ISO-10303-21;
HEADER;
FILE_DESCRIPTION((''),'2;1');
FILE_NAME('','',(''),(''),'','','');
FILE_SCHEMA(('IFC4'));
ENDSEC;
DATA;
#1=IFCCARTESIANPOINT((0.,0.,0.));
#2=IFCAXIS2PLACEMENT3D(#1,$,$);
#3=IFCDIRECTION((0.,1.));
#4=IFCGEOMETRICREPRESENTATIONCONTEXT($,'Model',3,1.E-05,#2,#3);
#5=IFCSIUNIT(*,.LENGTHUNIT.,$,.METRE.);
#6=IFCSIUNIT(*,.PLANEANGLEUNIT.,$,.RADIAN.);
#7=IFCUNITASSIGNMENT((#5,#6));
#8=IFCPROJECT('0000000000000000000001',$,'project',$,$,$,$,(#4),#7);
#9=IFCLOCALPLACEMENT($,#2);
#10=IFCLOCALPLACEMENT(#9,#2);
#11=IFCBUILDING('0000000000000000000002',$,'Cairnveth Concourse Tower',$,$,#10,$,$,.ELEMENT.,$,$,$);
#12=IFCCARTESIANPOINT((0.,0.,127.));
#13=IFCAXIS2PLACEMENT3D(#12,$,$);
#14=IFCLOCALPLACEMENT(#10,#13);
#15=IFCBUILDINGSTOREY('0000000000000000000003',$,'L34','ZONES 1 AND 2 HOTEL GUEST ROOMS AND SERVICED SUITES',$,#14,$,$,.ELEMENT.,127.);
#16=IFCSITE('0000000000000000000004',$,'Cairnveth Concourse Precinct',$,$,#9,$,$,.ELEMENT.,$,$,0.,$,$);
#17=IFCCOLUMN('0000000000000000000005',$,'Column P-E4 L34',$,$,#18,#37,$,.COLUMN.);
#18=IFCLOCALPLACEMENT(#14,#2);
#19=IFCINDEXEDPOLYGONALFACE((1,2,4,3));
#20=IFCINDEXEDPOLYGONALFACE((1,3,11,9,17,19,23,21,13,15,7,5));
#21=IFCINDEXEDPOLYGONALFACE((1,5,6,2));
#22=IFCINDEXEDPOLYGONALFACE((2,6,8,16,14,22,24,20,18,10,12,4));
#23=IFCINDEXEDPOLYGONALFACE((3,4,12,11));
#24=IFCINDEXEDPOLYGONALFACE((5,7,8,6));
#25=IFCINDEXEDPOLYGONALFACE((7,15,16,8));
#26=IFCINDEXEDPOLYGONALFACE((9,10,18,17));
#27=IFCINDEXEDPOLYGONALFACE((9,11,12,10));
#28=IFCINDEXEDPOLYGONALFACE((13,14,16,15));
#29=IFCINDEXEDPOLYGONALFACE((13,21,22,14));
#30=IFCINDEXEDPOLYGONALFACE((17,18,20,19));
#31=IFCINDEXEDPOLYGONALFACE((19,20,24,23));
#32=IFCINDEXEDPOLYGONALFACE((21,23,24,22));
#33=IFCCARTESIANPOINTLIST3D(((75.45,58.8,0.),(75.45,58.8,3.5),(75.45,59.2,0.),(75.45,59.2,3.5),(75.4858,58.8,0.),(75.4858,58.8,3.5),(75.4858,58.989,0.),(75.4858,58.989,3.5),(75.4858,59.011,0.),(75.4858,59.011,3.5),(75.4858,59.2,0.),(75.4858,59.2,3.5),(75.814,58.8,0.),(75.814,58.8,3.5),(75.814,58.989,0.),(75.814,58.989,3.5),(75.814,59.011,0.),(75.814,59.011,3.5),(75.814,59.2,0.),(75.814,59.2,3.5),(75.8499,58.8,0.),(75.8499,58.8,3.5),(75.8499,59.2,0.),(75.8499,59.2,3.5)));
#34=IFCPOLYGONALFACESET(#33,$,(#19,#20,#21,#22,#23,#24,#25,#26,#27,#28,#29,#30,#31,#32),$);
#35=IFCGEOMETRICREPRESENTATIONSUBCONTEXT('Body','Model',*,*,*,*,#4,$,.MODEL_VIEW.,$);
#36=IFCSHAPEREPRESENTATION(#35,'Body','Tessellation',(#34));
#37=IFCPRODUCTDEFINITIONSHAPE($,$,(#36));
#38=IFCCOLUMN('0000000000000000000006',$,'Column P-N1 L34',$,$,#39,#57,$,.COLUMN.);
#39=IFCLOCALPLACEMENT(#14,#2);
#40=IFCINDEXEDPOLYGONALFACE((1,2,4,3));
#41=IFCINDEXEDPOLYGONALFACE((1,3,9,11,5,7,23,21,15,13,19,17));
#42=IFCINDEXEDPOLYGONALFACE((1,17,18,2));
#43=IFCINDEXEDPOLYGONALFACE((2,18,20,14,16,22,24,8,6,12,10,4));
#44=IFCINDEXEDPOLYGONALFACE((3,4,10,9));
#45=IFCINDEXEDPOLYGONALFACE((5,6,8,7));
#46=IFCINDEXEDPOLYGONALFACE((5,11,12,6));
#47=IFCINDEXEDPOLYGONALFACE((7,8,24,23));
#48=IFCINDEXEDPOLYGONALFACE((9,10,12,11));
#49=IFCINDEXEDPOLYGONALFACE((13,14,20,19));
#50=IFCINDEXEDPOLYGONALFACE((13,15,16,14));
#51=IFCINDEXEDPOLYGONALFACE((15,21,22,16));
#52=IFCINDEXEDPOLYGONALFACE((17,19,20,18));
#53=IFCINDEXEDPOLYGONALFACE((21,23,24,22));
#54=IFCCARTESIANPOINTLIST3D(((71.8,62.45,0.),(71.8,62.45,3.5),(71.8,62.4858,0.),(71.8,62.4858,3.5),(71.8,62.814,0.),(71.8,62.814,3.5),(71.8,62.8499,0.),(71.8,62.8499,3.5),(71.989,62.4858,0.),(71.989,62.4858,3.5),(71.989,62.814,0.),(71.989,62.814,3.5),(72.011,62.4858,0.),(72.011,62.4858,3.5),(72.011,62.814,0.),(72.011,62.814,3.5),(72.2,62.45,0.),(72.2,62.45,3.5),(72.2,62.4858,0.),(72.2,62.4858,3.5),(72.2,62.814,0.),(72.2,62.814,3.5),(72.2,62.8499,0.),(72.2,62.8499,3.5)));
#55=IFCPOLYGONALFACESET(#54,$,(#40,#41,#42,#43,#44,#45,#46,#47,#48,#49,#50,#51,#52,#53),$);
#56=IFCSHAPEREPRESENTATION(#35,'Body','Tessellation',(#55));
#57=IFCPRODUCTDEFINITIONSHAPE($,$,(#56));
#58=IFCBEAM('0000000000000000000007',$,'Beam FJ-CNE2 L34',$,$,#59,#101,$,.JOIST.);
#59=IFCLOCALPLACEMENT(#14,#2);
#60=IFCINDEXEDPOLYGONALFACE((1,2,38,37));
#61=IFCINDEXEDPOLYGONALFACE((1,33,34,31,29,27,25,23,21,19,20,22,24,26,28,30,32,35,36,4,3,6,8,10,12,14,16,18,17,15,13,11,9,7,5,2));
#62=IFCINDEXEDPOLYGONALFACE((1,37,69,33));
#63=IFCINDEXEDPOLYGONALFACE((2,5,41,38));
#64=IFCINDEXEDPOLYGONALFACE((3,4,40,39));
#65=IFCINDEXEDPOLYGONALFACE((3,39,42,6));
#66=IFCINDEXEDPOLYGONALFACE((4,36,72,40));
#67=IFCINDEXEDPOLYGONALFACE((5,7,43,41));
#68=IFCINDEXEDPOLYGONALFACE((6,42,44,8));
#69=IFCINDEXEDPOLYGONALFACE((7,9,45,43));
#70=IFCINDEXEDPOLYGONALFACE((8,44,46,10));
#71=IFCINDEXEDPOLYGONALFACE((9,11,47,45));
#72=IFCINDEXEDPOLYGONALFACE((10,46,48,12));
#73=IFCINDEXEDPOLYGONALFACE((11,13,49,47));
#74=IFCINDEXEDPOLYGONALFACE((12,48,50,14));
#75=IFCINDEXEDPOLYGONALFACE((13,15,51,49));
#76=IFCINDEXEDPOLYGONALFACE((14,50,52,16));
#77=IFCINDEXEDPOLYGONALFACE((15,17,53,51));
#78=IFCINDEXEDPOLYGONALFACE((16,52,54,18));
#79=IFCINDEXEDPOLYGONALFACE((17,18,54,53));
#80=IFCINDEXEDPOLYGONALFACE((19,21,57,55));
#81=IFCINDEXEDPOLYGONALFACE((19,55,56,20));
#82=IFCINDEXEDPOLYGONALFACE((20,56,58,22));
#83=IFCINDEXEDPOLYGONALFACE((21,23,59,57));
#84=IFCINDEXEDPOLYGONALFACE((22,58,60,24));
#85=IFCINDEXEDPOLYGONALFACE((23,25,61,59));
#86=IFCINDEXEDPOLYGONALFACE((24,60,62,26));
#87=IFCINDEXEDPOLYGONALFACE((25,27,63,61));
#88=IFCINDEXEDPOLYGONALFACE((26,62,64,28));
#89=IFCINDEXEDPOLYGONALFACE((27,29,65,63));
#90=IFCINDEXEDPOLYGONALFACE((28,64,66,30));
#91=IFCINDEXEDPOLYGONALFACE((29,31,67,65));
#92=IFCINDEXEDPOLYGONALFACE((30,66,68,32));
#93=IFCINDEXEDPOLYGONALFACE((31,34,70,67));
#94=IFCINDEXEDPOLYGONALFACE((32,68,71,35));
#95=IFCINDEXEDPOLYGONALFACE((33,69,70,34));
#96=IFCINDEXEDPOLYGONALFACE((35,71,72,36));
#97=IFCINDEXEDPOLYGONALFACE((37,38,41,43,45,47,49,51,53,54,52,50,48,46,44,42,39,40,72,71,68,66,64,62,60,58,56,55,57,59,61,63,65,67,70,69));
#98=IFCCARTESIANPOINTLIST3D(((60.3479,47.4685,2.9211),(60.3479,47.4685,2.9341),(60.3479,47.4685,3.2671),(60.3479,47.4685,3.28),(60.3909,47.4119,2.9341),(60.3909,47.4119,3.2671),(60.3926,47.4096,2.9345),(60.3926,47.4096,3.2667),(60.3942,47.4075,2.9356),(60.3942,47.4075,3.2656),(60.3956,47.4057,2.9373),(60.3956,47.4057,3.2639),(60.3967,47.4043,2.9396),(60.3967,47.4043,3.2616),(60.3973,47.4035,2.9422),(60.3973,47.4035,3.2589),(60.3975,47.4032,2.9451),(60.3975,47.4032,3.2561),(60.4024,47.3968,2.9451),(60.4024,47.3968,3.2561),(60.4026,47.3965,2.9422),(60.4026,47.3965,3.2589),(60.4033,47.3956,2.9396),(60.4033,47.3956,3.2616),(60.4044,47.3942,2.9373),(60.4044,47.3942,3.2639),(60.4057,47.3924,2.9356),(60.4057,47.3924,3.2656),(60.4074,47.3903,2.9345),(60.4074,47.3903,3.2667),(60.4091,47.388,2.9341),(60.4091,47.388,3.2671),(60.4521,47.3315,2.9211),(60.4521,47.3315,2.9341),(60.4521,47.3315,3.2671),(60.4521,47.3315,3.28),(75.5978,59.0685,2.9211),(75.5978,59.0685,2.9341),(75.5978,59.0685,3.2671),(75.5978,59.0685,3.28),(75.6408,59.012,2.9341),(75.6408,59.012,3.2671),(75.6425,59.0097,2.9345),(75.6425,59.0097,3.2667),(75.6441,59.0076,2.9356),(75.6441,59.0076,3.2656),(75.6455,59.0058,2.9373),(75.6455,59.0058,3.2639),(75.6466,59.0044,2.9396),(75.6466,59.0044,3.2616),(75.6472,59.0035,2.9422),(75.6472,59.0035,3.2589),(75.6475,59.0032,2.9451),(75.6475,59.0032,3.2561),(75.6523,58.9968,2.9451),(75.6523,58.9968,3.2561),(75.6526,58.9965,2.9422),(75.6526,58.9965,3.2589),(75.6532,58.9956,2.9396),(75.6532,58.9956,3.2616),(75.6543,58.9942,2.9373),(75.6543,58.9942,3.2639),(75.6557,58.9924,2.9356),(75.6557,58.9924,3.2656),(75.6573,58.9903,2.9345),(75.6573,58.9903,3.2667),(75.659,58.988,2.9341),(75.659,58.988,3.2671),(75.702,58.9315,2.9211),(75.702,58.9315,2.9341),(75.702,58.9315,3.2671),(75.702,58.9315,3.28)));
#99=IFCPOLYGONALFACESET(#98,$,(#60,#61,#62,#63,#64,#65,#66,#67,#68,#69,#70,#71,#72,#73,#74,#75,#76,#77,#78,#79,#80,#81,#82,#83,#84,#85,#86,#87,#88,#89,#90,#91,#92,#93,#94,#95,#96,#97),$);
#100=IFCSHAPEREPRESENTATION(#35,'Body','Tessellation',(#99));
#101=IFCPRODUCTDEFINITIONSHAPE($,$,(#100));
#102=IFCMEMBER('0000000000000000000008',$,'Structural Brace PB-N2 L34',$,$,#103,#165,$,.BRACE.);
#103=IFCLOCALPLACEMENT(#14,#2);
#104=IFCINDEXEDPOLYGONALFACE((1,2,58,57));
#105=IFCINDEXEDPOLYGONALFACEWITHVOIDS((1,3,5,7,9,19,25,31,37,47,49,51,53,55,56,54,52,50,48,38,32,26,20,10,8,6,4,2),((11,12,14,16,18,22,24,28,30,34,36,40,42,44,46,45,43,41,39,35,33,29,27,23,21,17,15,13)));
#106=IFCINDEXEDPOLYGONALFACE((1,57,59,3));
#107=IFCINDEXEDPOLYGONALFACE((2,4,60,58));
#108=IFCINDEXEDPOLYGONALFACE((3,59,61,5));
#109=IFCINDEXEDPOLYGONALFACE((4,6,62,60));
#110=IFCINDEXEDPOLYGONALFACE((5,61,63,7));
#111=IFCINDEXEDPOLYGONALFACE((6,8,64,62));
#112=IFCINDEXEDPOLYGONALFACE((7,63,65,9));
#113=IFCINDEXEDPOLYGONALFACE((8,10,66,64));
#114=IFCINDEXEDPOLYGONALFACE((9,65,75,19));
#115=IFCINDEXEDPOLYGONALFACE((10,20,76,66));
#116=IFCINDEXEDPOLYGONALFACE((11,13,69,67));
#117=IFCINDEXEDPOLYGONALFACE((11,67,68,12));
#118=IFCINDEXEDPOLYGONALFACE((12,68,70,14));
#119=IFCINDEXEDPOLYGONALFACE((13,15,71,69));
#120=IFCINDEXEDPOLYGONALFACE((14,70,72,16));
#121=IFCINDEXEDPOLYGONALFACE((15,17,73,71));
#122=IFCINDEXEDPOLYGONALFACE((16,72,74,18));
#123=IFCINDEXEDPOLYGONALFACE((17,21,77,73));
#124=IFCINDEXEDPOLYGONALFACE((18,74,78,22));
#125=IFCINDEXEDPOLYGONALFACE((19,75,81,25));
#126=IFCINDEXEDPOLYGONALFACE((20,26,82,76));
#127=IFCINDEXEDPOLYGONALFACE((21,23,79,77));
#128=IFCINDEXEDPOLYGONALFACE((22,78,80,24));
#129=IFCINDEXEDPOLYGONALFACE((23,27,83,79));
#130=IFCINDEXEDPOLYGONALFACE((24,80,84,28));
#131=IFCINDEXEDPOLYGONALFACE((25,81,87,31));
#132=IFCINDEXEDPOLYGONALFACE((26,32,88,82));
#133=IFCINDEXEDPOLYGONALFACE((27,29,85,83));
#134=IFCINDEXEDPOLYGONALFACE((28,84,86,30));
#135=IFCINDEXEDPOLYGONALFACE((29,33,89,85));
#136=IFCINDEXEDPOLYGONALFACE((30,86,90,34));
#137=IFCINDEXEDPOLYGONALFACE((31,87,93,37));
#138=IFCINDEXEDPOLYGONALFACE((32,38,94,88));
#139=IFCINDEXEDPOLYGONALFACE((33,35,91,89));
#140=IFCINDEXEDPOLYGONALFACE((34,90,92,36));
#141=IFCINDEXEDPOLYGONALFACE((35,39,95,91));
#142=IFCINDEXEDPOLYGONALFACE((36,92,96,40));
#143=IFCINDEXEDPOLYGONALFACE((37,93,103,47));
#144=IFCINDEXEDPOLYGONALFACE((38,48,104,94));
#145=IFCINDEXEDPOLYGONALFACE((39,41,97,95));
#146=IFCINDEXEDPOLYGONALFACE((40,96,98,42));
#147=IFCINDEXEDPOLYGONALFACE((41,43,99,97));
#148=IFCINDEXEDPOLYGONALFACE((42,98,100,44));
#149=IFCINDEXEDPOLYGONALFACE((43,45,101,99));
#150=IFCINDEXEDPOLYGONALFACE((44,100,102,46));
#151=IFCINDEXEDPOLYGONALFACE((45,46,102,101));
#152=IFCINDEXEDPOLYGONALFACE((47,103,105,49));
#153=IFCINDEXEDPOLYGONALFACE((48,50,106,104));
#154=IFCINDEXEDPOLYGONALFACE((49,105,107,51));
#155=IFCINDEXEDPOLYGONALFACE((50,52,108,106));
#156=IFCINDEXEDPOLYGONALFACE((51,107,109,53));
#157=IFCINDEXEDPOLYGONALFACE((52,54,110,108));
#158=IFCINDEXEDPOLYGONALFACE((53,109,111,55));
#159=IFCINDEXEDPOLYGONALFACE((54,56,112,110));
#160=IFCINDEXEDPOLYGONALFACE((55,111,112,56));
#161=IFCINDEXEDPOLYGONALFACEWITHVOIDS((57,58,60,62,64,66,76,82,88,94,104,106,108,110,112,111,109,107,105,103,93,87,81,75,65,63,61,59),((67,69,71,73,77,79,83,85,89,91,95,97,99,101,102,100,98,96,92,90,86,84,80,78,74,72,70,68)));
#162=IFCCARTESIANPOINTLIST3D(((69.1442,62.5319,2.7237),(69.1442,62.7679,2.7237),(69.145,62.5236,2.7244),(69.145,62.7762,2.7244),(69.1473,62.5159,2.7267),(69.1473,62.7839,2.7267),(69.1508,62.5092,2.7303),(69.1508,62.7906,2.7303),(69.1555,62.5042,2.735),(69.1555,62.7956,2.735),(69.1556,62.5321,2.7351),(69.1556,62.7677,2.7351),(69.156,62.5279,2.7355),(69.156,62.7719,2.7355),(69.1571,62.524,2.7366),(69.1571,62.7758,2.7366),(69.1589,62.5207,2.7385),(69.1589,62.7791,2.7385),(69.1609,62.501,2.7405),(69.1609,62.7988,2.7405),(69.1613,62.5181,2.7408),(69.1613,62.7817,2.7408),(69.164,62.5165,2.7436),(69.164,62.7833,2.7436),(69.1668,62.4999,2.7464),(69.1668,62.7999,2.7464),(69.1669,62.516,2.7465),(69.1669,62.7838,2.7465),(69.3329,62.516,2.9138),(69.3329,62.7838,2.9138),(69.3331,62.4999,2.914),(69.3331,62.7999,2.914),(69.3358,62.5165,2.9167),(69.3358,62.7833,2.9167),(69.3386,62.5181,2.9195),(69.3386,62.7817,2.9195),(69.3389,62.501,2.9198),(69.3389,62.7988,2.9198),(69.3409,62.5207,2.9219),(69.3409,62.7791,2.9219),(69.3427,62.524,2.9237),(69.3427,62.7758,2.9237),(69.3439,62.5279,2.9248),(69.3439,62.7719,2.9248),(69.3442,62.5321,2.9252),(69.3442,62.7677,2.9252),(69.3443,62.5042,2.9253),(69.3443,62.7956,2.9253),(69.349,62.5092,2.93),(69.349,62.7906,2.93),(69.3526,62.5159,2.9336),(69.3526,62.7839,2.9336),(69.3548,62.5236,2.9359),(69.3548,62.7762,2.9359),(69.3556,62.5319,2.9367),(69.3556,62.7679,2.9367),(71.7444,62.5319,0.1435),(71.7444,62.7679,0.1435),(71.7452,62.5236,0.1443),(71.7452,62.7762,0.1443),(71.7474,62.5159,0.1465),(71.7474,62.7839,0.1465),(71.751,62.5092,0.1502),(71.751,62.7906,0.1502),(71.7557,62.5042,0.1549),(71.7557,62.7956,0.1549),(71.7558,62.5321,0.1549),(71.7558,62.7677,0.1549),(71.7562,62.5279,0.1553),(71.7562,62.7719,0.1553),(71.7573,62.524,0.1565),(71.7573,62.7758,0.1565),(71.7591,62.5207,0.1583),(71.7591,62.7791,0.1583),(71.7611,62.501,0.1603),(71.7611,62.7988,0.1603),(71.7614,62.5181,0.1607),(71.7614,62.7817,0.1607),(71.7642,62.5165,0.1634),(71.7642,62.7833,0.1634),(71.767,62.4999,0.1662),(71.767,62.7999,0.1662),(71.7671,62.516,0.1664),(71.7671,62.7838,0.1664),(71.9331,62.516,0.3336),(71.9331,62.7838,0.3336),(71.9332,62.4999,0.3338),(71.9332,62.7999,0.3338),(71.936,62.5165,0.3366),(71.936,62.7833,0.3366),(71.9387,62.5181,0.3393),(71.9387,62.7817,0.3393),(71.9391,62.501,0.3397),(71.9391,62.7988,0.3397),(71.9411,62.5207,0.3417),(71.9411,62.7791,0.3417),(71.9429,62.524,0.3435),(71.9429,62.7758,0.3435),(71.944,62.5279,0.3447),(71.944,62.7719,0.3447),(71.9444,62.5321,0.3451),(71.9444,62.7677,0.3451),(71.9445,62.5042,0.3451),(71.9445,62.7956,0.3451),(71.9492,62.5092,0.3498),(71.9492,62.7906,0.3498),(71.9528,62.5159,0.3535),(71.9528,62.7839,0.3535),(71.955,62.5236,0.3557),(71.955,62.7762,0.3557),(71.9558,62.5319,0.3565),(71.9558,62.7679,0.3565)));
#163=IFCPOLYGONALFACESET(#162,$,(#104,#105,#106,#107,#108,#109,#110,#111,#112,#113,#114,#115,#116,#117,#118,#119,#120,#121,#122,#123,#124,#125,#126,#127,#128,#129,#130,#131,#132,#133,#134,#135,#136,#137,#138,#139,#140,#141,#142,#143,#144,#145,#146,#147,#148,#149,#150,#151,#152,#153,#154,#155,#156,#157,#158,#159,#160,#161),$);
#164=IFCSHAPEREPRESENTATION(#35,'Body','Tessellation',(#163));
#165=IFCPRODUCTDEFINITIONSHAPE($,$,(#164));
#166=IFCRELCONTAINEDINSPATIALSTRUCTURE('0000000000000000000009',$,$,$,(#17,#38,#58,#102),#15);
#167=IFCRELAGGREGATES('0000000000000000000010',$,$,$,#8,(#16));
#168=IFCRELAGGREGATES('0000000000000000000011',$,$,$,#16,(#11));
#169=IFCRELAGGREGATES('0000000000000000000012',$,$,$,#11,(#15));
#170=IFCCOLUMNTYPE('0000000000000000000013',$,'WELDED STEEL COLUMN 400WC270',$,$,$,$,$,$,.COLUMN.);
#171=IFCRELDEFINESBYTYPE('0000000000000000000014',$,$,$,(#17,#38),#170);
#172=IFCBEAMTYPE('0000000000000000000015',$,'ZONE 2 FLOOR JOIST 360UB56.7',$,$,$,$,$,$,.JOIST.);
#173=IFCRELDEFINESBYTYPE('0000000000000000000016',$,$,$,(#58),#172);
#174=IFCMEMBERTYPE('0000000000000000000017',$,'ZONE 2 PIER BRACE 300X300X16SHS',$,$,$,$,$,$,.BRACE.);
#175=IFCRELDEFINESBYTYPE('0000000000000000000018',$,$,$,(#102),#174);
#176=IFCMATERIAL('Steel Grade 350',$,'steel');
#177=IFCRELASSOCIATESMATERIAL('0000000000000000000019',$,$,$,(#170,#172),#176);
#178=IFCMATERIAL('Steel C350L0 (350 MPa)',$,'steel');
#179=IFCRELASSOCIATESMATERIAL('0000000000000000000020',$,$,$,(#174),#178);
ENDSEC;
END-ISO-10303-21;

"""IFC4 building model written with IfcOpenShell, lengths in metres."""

from ifc_helpers import new_model, si_unit, direction, frame, origin, origin_2d, place, context, subcontext, project, spatial, hollow_rectangle, i_section, extrude, material, material_profile, profile_set, type_object, element, save


model = new_model("IFC4")

# Units and contexts
model_context = context("Model", 3, precision=1e-05, world=origin(), true_north=direction((0.0, 1.0)))
body_context = subcontext(model_context, "Body", "Model", "MODEL_VIEW")
ifc_project = project(units=[si_unit("LENGTHUNIT", "METRE"), si_unit("PLANEANGLEUNIT", "RADIAN")], contexts=[model_context])

# Site, building, storey
site_placement = place(None, origin())
site = spatial("IfcSite", under=ifc_project, at=site_placement, Name="Cairnveth Concourse Precinct", CompositionType="ELEMENT", RefElevation=0.0)
building_placement = place(site_placement, origin())
building = spatial("IfcBuilding", under=site, at=building_placement, Name="Cairnveth Concourse Tower", CompositionType="ELEMENT")
storey_placement = place(building_placement, frame((0.0, 0.0, 127.0)))
storey = spatial("IfcBuildingStorey", under=building, at=storey_placement, Name="L34", Description="ZONES 1 AND 2 HOTEL GUEST ROOMS AND SERVICED SUITES", CompositionType="ELEMENT", Elevation=127.0)

# Columns
ifc_material_1 = material(Name="Steel Grade 350", Category="steel")
ifc_material_profile_1 = material_profile(ifc_material_1, i_section(OverallWidth=0.3999, OverallDepth=0.3999, WebThickness=0.022, FlangeThickness=0.0359, at=origin_2d()), Name="400WC270")
ifc_profile_set_1 = profile_set([ifc_material_profile_1], Name="Steel Grade 350")
column_type = type_object("IfcColumnType", Name="WELDED STEEL COLUMN 400WC270", PredefinedType="COLUMN", material=ifc_profile_set_1)
for number, where, z_axis, x_axis, name in (
    (1, (75.6499, 59.0, 0.0), (0.0, 0.0, 1.0), (0.0, 1.0, 0.0), "Column P-E4 L34"),
    (2, (72.0, 62.6499, 0.0), (0.0, 0.0, 1.0), (1.0, 0.0, 0.0), "Column P-N1 L34"),
):
    element("IfcColumn", number, at=place(storey_placement, frame(where, z_axis=z_axis, x_axis=x_axis)), inside=storey, type_object=column_type, Name=name, PredefinedType="COLUMN", context=body_context, shape_type="SweptSolid", body=[
        extrude(i_section(OverallWidth=0.3999, OverallDepth=0.3999, WebThickness=0.022, FlangeThickness=0.0359, at=origin_2d()), origin(), (0.0, 0.0, 1.0), 3.5),
    ])

# Beam
ifc_material_profile_2 = material_profile(ifc_material_1, i_section(OverallWidth=0.1721, OverallDepth=0.3589, WebThickness=0.0081, FlangeThickness=0.0129, FilletRadius=0.011, at=origin_2d()), Name="360UB56.7")
ifc_profile_set_2 = profile_set([ifc_material_profile_2], Name="Steel Grade 350")
beam_type_1 = type_object("IfcBeamType", Name="ZONE 2 FLOOR JOIST 360UB56.7", PredefinedType="JOIST", material=ifc_profile_set_2)
beam_1_placement = place(storey_placement, frame((75.6499, 59.0, 3.1006), z_axis=(-0.795908, -0.605417, 0.0), x_axis=(0.605417, -0.795908, 0.0)))
element("IfcBeam", 3, at=beam_1_placement, inside=storey, type_object=beam_type_1, Name="Beam FJ-CNE2 L34", PredefinedType="JOIST", context=body_context, shape_type="SweptSolid", body=[
    extrude(i_section(OverallWidth=0.1721, OverallDepth=0.3589, WebThickness=0.0081, FlangeThickness=0.0129, FilletRadius=0.011, at=origin_2d()), origin(), (0.0, 0.0, 1.0), 19.1604),
])

# Member
ifc_material_2 = material(Name="Steel C350L0 (350 MPa)", Category="steel")
ifc_material_profile_3 = material_profile(ifc_material_2, hollow_rectangle(XDim=0.3, YDim=0.3, WallThickness=0.0161, InnerFilletRadius=0.0161, OuterFilletRadius=0.032, at=origin_2d()), Name="300x300x16.0SHS")
ifc_profile_set_3 = profile_set([ifc_material_profile_3], Name="Steel C350L0 (350 MPa)")
member_type = type_object("IfcMemberType", Name="ZONE 2 PIER BRACE 300X300X16SHS", PredefinedType="BRACE", material=ifc_profile_set_3)
for number, where, z_axis, x_axis, name in (
    (4, (71.8501, 62.6499, 0.25), (-0.709834, 0.0, 0.704369), (0.0, -1.0, 0.0), "Structural Brace PB-N2 L34"),
):
    element("IfcMember", number, at=place(storey_placement, frame(where, z_axis=z_axis, x_axis=x_axis)), inside=storey, type_object=member_type, Name=name, PredefinedType="BRACE", context=body_context, shape_type="SweptSolid", body=[
        extrude(hollow_rectangle(XDim=0.3, YDim=0.3, WallThickness=0.0161, InnerFilletRadius=0.0161, OuterFilletRadius=0.032, at=origin_2d()), origin(), (0.0, 0.0, 1.0), 3.6631),
    ])

save(model, "model.ifc")
